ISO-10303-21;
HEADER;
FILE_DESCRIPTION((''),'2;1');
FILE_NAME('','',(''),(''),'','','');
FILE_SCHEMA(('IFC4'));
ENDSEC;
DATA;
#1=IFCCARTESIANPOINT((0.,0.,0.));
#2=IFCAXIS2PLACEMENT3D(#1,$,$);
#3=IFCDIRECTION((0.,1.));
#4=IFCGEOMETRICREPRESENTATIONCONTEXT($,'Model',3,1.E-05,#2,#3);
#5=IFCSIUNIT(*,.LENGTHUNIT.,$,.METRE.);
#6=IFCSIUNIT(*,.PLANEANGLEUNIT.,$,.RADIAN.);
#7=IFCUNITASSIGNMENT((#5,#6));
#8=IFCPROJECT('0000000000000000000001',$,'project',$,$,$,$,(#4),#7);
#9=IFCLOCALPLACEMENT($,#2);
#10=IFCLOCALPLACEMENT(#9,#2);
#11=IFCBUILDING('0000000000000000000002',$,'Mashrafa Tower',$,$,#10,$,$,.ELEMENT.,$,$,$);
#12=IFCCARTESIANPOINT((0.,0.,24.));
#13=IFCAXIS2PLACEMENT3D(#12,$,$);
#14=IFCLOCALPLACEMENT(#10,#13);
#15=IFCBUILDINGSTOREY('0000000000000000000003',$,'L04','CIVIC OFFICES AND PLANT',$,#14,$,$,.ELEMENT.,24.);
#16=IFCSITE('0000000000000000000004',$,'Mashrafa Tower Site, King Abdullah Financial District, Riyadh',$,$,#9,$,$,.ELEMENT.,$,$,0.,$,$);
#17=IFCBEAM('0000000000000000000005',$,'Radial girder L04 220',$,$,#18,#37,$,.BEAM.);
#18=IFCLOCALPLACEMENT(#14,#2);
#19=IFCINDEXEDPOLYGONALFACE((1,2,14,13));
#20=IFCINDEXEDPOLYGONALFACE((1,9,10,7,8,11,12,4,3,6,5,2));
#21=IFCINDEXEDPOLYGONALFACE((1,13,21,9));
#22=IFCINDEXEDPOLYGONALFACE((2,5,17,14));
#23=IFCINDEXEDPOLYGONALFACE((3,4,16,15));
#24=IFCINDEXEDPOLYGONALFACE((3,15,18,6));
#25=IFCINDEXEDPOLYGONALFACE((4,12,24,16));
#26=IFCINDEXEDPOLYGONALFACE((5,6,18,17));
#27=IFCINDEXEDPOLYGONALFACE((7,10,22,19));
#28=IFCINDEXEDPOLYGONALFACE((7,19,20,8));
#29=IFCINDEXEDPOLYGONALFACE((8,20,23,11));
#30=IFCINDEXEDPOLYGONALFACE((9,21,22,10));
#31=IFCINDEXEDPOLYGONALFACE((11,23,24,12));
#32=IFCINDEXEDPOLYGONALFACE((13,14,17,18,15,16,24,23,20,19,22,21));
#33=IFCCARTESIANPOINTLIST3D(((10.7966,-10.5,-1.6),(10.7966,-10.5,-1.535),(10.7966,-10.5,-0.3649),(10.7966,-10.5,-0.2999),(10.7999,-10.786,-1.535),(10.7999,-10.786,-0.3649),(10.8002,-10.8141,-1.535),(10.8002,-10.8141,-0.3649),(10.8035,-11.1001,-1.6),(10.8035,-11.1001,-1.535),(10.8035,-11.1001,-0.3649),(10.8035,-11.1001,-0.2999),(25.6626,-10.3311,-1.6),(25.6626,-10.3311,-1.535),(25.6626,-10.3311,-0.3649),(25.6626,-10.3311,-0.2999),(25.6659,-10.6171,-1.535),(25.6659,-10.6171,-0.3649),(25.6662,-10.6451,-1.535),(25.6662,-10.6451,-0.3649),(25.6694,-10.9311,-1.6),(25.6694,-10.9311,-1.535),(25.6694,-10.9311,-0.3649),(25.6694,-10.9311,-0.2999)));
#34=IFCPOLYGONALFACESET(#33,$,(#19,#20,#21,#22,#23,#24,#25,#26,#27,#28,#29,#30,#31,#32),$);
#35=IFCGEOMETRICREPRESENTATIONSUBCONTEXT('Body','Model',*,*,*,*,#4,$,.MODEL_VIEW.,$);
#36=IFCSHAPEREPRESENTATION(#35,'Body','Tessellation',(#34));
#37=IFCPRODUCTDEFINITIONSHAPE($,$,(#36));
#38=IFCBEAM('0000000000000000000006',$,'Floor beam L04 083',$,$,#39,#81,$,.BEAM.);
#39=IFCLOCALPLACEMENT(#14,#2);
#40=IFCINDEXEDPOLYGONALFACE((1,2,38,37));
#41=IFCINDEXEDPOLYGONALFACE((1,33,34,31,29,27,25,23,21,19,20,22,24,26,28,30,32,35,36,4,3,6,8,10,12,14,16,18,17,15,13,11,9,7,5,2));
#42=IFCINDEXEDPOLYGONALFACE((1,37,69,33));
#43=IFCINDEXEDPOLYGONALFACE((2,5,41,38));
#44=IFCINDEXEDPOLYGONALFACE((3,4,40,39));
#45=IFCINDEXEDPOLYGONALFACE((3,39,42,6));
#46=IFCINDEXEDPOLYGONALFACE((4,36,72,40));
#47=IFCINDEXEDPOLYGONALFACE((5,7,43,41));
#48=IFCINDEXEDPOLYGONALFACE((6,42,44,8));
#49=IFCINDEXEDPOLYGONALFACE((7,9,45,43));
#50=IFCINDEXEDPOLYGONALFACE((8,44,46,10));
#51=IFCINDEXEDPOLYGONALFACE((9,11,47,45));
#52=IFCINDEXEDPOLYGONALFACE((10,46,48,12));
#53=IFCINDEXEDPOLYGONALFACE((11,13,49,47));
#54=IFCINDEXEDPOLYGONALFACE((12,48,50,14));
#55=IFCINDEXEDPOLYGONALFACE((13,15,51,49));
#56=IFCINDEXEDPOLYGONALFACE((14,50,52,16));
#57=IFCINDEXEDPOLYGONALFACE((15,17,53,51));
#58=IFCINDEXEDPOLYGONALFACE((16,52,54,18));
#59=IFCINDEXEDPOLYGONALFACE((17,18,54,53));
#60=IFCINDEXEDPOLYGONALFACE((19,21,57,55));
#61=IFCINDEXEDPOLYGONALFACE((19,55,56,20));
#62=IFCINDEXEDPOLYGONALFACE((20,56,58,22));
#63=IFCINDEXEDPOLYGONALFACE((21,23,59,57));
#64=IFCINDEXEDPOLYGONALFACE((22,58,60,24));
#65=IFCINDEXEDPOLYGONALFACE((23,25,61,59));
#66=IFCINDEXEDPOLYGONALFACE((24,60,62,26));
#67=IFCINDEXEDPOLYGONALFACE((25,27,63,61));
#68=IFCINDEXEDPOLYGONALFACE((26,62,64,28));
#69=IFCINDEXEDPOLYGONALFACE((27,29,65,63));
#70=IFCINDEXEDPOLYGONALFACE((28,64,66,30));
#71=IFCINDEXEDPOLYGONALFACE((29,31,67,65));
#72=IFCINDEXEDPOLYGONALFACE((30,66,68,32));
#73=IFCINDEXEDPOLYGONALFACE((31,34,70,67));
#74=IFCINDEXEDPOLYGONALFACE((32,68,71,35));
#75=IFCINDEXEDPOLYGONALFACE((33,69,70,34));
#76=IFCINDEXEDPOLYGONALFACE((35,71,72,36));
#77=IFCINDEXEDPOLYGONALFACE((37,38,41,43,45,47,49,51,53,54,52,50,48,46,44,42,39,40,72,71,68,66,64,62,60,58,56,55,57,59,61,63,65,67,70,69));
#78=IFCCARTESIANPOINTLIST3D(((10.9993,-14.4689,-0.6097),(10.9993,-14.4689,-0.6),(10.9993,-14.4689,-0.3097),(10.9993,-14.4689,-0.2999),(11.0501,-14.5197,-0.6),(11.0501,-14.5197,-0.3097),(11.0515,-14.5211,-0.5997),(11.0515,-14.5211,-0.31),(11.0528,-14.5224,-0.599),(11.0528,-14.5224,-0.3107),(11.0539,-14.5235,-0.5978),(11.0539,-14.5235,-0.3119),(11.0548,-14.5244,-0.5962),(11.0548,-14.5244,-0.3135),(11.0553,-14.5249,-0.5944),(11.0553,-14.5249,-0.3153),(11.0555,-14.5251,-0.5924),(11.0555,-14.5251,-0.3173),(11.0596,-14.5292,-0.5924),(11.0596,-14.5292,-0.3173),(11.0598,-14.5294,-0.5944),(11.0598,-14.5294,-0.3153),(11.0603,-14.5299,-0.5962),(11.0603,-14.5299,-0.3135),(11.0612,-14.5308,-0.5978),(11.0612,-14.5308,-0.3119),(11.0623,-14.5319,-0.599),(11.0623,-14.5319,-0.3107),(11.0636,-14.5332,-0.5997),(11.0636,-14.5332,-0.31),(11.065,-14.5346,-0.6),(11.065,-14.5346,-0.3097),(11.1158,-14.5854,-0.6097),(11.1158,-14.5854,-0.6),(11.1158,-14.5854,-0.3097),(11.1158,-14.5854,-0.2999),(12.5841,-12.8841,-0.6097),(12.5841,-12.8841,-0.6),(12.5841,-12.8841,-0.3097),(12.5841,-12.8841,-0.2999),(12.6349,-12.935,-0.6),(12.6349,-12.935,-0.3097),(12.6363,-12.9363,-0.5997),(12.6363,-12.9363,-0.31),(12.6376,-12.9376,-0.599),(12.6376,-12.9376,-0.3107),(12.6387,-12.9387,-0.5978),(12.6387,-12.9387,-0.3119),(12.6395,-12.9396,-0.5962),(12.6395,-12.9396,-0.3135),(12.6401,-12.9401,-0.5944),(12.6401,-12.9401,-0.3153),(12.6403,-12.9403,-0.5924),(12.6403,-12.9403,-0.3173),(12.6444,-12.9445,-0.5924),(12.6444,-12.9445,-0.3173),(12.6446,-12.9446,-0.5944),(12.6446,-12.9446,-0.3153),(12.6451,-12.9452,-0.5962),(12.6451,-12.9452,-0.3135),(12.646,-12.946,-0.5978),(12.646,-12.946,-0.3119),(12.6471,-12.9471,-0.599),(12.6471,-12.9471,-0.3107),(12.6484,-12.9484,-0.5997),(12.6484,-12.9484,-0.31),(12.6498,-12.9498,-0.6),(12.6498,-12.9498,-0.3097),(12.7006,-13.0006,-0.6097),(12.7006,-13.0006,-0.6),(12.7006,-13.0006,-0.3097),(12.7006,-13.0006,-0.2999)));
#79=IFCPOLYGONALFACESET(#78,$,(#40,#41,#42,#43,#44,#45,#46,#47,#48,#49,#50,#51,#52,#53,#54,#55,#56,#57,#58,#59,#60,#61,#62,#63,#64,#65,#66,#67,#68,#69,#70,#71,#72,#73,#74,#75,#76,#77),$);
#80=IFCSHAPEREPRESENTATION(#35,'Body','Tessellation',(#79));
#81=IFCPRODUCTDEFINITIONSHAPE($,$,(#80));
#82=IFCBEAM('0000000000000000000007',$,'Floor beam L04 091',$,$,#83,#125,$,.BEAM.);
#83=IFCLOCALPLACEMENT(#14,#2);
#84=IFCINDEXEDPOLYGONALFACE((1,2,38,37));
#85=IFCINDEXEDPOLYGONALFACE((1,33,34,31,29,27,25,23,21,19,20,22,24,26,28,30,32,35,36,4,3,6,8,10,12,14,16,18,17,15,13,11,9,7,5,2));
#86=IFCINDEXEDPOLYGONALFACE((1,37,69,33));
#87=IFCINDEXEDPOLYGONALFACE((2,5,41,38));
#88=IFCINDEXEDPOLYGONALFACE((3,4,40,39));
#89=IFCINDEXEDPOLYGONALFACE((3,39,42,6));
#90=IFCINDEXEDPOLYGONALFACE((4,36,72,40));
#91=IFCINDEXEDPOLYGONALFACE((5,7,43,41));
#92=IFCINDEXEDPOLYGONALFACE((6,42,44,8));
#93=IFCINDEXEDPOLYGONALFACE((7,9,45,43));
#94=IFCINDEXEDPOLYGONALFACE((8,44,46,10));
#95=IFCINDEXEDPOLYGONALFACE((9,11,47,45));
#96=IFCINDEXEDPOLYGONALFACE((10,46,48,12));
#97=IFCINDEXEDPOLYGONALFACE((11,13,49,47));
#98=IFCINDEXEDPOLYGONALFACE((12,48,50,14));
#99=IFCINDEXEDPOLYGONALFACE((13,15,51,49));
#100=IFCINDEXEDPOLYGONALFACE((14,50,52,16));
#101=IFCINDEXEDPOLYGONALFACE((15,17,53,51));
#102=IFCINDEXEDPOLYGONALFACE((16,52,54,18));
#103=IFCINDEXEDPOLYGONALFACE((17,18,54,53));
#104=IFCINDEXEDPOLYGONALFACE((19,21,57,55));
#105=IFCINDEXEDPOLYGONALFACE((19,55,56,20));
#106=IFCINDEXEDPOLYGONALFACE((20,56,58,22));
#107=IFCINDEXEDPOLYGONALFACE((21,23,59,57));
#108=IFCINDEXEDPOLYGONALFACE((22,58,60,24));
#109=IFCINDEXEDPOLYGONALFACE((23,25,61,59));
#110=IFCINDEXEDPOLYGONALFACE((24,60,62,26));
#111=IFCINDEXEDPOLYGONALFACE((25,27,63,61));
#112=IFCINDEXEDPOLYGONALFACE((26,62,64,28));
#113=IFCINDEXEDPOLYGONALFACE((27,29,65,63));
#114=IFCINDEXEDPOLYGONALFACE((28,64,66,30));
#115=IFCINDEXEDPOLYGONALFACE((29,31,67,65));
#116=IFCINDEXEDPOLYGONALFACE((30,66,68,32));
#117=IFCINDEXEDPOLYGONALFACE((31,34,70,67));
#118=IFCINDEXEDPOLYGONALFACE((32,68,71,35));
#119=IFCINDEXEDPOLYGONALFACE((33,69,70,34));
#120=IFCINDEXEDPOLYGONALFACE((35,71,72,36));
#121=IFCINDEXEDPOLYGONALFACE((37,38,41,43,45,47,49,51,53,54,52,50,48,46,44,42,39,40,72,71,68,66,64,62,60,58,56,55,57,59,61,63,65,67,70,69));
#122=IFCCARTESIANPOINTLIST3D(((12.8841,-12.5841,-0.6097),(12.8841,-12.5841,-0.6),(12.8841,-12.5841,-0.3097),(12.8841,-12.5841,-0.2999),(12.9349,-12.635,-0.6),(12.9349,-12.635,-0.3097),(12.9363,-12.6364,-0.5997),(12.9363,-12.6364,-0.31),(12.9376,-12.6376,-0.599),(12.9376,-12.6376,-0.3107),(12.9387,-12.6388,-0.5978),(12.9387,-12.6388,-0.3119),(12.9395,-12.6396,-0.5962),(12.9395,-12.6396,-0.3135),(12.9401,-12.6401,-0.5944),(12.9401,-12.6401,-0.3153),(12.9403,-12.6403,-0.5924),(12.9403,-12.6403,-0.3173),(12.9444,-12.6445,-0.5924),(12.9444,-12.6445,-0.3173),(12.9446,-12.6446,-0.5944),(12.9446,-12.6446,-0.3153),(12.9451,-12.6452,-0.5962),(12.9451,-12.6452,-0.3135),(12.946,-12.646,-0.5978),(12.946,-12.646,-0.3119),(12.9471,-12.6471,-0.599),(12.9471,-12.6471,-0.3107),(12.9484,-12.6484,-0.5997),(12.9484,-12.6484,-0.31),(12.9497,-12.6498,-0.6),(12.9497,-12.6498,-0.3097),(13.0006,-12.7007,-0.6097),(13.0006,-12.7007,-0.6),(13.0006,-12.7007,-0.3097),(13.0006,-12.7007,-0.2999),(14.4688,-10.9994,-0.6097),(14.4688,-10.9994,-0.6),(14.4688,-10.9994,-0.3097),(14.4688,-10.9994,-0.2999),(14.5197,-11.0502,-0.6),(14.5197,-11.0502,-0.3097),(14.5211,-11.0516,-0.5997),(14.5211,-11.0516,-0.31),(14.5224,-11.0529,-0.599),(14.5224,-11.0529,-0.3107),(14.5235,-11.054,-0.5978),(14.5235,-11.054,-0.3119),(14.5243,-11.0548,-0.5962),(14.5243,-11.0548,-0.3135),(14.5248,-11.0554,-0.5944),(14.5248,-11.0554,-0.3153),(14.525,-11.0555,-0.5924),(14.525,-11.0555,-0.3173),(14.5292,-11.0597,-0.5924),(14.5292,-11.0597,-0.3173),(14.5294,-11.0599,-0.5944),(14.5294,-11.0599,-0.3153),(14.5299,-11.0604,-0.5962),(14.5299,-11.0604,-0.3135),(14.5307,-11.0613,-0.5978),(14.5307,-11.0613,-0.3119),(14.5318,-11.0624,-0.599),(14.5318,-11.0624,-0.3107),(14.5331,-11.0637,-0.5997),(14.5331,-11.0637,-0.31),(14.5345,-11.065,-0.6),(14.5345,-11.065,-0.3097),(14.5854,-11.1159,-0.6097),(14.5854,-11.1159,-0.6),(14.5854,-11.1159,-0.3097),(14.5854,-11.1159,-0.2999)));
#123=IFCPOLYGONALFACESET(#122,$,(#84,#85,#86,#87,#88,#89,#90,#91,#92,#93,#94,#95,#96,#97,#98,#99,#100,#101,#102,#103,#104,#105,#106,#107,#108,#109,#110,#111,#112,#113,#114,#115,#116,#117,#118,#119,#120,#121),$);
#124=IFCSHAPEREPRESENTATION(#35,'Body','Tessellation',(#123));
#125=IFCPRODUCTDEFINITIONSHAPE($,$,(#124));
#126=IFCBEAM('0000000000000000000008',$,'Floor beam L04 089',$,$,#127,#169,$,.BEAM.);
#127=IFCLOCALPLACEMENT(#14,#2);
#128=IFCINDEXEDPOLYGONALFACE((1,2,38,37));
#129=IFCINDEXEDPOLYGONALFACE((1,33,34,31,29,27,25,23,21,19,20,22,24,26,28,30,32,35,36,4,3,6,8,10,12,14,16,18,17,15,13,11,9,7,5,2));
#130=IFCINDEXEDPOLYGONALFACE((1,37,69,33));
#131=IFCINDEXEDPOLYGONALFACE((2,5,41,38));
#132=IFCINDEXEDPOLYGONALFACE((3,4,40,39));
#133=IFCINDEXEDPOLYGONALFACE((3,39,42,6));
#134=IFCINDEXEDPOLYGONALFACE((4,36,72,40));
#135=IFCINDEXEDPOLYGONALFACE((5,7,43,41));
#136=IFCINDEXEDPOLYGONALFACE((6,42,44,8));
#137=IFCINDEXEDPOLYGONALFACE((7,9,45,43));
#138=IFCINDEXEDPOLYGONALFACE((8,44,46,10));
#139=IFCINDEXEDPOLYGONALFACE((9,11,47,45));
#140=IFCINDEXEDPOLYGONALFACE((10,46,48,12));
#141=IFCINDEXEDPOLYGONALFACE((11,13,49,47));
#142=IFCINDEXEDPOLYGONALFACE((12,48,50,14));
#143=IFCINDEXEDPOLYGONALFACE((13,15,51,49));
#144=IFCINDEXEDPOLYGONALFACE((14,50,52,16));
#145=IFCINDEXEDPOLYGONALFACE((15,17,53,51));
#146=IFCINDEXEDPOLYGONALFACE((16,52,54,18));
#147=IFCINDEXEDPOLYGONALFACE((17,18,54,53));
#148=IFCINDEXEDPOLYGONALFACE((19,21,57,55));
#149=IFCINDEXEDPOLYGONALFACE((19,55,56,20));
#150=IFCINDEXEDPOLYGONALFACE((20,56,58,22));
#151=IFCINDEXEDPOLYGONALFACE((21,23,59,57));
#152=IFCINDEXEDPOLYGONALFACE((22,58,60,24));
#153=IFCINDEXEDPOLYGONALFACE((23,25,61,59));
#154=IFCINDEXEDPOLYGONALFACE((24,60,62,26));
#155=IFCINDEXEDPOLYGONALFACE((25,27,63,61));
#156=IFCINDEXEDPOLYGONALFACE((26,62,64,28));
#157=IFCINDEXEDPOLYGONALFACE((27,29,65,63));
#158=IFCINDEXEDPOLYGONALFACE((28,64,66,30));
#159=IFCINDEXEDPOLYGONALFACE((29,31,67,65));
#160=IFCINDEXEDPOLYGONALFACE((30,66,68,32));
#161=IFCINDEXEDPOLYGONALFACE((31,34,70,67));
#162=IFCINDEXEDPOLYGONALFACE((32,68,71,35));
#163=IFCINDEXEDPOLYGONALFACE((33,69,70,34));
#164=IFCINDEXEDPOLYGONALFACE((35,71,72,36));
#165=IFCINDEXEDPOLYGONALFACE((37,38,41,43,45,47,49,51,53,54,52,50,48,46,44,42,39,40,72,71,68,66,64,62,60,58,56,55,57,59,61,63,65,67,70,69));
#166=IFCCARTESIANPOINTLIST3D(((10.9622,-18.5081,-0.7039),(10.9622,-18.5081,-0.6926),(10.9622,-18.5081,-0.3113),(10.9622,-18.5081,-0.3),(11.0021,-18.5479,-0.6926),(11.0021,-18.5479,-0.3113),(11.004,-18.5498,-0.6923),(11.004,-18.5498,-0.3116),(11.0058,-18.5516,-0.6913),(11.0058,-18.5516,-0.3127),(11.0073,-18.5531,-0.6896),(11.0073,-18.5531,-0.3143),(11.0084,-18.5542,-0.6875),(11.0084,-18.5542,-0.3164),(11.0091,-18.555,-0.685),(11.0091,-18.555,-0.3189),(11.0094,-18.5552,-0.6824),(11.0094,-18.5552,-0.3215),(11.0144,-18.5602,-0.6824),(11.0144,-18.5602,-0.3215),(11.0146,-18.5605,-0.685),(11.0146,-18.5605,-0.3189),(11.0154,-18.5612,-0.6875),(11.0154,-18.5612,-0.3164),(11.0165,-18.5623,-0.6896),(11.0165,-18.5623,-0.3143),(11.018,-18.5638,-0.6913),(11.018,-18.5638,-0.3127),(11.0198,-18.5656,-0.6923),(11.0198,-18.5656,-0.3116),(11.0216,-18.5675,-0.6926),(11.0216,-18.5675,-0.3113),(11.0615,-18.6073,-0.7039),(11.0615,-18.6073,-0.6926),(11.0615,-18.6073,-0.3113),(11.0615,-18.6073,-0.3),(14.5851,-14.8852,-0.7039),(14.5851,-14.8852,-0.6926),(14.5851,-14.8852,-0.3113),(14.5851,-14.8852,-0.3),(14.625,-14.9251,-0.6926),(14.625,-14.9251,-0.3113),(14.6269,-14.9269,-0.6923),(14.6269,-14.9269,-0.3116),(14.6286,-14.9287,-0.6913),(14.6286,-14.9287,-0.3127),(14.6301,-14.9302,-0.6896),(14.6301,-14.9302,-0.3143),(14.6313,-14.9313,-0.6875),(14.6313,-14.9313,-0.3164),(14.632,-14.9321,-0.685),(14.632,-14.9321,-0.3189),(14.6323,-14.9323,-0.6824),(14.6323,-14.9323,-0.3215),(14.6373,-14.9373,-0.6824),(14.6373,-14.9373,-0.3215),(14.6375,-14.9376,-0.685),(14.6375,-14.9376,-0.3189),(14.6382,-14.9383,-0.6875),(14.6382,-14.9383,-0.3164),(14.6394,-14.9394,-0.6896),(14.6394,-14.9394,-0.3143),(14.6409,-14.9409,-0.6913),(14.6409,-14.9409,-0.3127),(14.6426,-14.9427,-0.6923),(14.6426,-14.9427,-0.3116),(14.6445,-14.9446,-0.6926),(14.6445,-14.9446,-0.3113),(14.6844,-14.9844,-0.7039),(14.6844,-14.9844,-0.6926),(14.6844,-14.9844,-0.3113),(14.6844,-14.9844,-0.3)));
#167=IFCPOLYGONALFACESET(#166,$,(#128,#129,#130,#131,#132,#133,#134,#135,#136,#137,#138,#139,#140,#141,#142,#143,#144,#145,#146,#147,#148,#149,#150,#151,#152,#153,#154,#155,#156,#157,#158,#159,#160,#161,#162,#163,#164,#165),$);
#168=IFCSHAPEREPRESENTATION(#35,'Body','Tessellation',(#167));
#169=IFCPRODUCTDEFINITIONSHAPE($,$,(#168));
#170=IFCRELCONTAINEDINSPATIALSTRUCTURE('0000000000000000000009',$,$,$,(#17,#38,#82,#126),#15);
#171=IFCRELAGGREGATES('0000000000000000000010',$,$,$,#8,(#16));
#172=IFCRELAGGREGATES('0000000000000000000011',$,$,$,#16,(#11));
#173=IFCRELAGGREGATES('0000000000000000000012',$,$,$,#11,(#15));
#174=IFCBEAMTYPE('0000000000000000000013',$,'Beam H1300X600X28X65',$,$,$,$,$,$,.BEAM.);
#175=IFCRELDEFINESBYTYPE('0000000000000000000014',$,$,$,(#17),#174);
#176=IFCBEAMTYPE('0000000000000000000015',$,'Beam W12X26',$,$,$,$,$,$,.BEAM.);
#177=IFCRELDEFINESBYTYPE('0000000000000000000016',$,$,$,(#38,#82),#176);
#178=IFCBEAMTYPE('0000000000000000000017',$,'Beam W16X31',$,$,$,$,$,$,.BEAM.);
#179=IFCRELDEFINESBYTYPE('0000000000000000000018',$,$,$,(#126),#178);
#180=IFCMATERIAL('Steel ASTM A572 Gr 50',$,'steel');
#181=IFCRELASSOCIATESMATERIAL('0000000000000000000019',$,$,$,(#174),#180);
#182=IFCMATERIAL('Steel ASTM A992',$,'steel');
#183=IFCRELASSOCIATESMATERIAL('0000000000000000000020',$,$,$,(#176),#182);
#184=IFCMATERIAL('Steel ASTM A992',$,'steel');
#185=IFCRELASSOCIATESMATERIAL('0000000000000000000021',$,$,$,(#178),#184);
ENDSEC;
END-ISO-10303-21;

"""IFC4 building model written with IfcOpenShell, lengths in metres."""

from ifc_helpers import new_model, si_unit, direction, frame, origin, origin_2d, place, context, subcontext, project, spatial, i_section, extrude, material, material_profile, profile_set, type_object, element, save


model = new_model("IFC4")

# Units and contexts
model_context = context("Model", 3, precision=1e-05, world=origin(), true_north=direction((0.0, 1.0)))
body_context = subcontext(model_context, "Body", "Model", "MODEL_VIEW")
ifc_project = project(units=[si_unit("LENGTHUNIT", "METRE"), si_unit("PLANEANGLEUNIT", "RADIAN")], contexts=[model_context])

# Site, building, storey
site_placement = place(None, origin())
site = spatial("IfcSite", under=ifc_project, at=site_placement, Name="Mashrafa Tower Site, King Abdullah Financial District, Riyadh", CompositionType="ELEMENT", RefElevation=0.0)
building_placement = place(site_placement, origin())
building = spatial("IfcBuilding", under=site, at=building_placement, Name="Mashrafa Tower", CompositionType="ELEMENT")
storey_placement = place(building_placement, frame((0.0, 0.0, 24.0)))
storey = spatial("IfcBuildingStorey", under=building, at=storey_placement, Name="L04", Description="CIVIC OFFICES AND PLANT", CompositionType="ELEMENT", Elevation=24.0)

# Beams
ifc_material_1 = material(Name="Steel ASTM A572 Gr 50", Category="steel")
ifc_material_profile_1 = material_profile(ifc_material_1, i_section(OverallWidth=0.6001, OverallDepth=1.3, WebThickness=0.0281, FlangeThickness=0.0649, at=origin_2d()), Name="H1300X600X28X65")
ifc_profile_set_1 = profile_set([ifc_material_profile_1], Name="Steel ASTM A572 Gr 50")
beam_type_1 = type_object("IfcBeamType", Name="Beam H1300X600X28X65", PredefinedType="BEAM", material=ifc_profile_set_1)
beam_1_placement = place(storey_placement, frame((10.8, -10.8, -0.95), z_axis=(0.999935, 0.011364, 0.0), x_axis=(-0.011364, 0.999935, 0.0)))
element("IfcBeam", 1, at=beam_1_placement, inside=storey, type_object=beam_type_1, Name="Radial girder L04 220", PredefinedType="BEAM", context=body_context, shape_type="SweptSolid", body=[
    extrude(i_section(OverallWidth=0.6001, OverallDepth=1.3, WebThickness=0.0281, FlangeThickness=0.0649, at=origin_2d()), origin(), (0.0, 0.0, 1.0), 14.8669),
])
ifc_material_2 = material(Name="Steel ASTM A992", Category="steel")
ifc_material_profile_2 = material_profile(ifc_material_2, i_section(OverallWidth=0.1648, OverallDepth=0.3098, WebThickness=0.0059, FlangeThickness=0.0098, FilletRadius=0.0076, at=origin_2d()), Name="W12X26")
ifc_profile_set_2 = profile_set([ifc_material_profile_2], Name="Steel ASTM A992")
beam_type_2 = type_object("IfcBeamType", Name="Beam W12X26", PredefinedType="BEAM", material=ifc_profile_set_2)
for number, where, z_axis, x_axis, name in (
    (2, (12.6423, -12.9424, -0.4548), (-0.707107, -0.707107, 0.0), (0.707107, -0.707107, 0.0), "Floor beam L04 083"),
    (3, (14.5271, -11.0576, -0.4548), (-0.707107, -0.707107, 0.0), (0.707107, -0.707107, 0.0), "Floor beam L04 091"),
):
    element("IfcBeam", number, at=place(storey_placement, frame(where, z_axis=z_axis, x_axis=x_axis)), inside=storey, type_object=beam_type_2, Name=name, PredefinedType="BEAM", context=body_context, shape_type="SweptSolid", body=[
        extrude(i_section(OverallWidth=0.1648, OverallDepth=0.3098, WebThickness=0.0059, FlangeThickness=0.0098, FilletRadius=0.0076, at=origin_2d()), origin(), (0.0, 0.0, 1.0), 2.2412),
    ])
ifc_material_3 = material(Name="Steel ASTM A992", Category="steel")
ifc_material_profile_3 = material_profile(ifc_material_3, i_section(OverallWidth=0.1404, OverallDepth=0.4038, WebThickness=0.0071, FlangeThickness=0.0112, FilletRadius=0.0103, at=origin_2d()), Name="W16X31")
ifc_profile_set_3 = profile_set([ifc_material_profile_3], Name="Steel ASTM A992")
beam_type_3 = type_object("IfcBeamType", Name="Beam W16X31", PredefinedType="BEAM", material=ifc_profile_set_3)
for number, where, z_axis, x_axis, name in (
    (4, (14.6348, -14.9348, -0.502), (-0.707107, -0.707107, 0.0), (0.707107, -0.707107, 0.0), "Floor beam L04 089"),
):
    element("IfcBeam", number, at=place(storey_placement, frame(where, z_axis=z_axis, x_axis=x_axis)), inside=storey, type_object=beam_type_3, Name=name, PredefinedType="BEAM", context=body_context, shape_type="SweptSolid", body=[
        extrude(i_section(OverallWidth=0.1404, OverallDepth=0.4038, WebThickness=0.0071, FlangeThickness=0.0112, FilletRadius=0.0103, at=origin_2d()), origin(), (0.0, 0.0, 1.0), 5.1235),
    ])

save(model, "model.ifc")
